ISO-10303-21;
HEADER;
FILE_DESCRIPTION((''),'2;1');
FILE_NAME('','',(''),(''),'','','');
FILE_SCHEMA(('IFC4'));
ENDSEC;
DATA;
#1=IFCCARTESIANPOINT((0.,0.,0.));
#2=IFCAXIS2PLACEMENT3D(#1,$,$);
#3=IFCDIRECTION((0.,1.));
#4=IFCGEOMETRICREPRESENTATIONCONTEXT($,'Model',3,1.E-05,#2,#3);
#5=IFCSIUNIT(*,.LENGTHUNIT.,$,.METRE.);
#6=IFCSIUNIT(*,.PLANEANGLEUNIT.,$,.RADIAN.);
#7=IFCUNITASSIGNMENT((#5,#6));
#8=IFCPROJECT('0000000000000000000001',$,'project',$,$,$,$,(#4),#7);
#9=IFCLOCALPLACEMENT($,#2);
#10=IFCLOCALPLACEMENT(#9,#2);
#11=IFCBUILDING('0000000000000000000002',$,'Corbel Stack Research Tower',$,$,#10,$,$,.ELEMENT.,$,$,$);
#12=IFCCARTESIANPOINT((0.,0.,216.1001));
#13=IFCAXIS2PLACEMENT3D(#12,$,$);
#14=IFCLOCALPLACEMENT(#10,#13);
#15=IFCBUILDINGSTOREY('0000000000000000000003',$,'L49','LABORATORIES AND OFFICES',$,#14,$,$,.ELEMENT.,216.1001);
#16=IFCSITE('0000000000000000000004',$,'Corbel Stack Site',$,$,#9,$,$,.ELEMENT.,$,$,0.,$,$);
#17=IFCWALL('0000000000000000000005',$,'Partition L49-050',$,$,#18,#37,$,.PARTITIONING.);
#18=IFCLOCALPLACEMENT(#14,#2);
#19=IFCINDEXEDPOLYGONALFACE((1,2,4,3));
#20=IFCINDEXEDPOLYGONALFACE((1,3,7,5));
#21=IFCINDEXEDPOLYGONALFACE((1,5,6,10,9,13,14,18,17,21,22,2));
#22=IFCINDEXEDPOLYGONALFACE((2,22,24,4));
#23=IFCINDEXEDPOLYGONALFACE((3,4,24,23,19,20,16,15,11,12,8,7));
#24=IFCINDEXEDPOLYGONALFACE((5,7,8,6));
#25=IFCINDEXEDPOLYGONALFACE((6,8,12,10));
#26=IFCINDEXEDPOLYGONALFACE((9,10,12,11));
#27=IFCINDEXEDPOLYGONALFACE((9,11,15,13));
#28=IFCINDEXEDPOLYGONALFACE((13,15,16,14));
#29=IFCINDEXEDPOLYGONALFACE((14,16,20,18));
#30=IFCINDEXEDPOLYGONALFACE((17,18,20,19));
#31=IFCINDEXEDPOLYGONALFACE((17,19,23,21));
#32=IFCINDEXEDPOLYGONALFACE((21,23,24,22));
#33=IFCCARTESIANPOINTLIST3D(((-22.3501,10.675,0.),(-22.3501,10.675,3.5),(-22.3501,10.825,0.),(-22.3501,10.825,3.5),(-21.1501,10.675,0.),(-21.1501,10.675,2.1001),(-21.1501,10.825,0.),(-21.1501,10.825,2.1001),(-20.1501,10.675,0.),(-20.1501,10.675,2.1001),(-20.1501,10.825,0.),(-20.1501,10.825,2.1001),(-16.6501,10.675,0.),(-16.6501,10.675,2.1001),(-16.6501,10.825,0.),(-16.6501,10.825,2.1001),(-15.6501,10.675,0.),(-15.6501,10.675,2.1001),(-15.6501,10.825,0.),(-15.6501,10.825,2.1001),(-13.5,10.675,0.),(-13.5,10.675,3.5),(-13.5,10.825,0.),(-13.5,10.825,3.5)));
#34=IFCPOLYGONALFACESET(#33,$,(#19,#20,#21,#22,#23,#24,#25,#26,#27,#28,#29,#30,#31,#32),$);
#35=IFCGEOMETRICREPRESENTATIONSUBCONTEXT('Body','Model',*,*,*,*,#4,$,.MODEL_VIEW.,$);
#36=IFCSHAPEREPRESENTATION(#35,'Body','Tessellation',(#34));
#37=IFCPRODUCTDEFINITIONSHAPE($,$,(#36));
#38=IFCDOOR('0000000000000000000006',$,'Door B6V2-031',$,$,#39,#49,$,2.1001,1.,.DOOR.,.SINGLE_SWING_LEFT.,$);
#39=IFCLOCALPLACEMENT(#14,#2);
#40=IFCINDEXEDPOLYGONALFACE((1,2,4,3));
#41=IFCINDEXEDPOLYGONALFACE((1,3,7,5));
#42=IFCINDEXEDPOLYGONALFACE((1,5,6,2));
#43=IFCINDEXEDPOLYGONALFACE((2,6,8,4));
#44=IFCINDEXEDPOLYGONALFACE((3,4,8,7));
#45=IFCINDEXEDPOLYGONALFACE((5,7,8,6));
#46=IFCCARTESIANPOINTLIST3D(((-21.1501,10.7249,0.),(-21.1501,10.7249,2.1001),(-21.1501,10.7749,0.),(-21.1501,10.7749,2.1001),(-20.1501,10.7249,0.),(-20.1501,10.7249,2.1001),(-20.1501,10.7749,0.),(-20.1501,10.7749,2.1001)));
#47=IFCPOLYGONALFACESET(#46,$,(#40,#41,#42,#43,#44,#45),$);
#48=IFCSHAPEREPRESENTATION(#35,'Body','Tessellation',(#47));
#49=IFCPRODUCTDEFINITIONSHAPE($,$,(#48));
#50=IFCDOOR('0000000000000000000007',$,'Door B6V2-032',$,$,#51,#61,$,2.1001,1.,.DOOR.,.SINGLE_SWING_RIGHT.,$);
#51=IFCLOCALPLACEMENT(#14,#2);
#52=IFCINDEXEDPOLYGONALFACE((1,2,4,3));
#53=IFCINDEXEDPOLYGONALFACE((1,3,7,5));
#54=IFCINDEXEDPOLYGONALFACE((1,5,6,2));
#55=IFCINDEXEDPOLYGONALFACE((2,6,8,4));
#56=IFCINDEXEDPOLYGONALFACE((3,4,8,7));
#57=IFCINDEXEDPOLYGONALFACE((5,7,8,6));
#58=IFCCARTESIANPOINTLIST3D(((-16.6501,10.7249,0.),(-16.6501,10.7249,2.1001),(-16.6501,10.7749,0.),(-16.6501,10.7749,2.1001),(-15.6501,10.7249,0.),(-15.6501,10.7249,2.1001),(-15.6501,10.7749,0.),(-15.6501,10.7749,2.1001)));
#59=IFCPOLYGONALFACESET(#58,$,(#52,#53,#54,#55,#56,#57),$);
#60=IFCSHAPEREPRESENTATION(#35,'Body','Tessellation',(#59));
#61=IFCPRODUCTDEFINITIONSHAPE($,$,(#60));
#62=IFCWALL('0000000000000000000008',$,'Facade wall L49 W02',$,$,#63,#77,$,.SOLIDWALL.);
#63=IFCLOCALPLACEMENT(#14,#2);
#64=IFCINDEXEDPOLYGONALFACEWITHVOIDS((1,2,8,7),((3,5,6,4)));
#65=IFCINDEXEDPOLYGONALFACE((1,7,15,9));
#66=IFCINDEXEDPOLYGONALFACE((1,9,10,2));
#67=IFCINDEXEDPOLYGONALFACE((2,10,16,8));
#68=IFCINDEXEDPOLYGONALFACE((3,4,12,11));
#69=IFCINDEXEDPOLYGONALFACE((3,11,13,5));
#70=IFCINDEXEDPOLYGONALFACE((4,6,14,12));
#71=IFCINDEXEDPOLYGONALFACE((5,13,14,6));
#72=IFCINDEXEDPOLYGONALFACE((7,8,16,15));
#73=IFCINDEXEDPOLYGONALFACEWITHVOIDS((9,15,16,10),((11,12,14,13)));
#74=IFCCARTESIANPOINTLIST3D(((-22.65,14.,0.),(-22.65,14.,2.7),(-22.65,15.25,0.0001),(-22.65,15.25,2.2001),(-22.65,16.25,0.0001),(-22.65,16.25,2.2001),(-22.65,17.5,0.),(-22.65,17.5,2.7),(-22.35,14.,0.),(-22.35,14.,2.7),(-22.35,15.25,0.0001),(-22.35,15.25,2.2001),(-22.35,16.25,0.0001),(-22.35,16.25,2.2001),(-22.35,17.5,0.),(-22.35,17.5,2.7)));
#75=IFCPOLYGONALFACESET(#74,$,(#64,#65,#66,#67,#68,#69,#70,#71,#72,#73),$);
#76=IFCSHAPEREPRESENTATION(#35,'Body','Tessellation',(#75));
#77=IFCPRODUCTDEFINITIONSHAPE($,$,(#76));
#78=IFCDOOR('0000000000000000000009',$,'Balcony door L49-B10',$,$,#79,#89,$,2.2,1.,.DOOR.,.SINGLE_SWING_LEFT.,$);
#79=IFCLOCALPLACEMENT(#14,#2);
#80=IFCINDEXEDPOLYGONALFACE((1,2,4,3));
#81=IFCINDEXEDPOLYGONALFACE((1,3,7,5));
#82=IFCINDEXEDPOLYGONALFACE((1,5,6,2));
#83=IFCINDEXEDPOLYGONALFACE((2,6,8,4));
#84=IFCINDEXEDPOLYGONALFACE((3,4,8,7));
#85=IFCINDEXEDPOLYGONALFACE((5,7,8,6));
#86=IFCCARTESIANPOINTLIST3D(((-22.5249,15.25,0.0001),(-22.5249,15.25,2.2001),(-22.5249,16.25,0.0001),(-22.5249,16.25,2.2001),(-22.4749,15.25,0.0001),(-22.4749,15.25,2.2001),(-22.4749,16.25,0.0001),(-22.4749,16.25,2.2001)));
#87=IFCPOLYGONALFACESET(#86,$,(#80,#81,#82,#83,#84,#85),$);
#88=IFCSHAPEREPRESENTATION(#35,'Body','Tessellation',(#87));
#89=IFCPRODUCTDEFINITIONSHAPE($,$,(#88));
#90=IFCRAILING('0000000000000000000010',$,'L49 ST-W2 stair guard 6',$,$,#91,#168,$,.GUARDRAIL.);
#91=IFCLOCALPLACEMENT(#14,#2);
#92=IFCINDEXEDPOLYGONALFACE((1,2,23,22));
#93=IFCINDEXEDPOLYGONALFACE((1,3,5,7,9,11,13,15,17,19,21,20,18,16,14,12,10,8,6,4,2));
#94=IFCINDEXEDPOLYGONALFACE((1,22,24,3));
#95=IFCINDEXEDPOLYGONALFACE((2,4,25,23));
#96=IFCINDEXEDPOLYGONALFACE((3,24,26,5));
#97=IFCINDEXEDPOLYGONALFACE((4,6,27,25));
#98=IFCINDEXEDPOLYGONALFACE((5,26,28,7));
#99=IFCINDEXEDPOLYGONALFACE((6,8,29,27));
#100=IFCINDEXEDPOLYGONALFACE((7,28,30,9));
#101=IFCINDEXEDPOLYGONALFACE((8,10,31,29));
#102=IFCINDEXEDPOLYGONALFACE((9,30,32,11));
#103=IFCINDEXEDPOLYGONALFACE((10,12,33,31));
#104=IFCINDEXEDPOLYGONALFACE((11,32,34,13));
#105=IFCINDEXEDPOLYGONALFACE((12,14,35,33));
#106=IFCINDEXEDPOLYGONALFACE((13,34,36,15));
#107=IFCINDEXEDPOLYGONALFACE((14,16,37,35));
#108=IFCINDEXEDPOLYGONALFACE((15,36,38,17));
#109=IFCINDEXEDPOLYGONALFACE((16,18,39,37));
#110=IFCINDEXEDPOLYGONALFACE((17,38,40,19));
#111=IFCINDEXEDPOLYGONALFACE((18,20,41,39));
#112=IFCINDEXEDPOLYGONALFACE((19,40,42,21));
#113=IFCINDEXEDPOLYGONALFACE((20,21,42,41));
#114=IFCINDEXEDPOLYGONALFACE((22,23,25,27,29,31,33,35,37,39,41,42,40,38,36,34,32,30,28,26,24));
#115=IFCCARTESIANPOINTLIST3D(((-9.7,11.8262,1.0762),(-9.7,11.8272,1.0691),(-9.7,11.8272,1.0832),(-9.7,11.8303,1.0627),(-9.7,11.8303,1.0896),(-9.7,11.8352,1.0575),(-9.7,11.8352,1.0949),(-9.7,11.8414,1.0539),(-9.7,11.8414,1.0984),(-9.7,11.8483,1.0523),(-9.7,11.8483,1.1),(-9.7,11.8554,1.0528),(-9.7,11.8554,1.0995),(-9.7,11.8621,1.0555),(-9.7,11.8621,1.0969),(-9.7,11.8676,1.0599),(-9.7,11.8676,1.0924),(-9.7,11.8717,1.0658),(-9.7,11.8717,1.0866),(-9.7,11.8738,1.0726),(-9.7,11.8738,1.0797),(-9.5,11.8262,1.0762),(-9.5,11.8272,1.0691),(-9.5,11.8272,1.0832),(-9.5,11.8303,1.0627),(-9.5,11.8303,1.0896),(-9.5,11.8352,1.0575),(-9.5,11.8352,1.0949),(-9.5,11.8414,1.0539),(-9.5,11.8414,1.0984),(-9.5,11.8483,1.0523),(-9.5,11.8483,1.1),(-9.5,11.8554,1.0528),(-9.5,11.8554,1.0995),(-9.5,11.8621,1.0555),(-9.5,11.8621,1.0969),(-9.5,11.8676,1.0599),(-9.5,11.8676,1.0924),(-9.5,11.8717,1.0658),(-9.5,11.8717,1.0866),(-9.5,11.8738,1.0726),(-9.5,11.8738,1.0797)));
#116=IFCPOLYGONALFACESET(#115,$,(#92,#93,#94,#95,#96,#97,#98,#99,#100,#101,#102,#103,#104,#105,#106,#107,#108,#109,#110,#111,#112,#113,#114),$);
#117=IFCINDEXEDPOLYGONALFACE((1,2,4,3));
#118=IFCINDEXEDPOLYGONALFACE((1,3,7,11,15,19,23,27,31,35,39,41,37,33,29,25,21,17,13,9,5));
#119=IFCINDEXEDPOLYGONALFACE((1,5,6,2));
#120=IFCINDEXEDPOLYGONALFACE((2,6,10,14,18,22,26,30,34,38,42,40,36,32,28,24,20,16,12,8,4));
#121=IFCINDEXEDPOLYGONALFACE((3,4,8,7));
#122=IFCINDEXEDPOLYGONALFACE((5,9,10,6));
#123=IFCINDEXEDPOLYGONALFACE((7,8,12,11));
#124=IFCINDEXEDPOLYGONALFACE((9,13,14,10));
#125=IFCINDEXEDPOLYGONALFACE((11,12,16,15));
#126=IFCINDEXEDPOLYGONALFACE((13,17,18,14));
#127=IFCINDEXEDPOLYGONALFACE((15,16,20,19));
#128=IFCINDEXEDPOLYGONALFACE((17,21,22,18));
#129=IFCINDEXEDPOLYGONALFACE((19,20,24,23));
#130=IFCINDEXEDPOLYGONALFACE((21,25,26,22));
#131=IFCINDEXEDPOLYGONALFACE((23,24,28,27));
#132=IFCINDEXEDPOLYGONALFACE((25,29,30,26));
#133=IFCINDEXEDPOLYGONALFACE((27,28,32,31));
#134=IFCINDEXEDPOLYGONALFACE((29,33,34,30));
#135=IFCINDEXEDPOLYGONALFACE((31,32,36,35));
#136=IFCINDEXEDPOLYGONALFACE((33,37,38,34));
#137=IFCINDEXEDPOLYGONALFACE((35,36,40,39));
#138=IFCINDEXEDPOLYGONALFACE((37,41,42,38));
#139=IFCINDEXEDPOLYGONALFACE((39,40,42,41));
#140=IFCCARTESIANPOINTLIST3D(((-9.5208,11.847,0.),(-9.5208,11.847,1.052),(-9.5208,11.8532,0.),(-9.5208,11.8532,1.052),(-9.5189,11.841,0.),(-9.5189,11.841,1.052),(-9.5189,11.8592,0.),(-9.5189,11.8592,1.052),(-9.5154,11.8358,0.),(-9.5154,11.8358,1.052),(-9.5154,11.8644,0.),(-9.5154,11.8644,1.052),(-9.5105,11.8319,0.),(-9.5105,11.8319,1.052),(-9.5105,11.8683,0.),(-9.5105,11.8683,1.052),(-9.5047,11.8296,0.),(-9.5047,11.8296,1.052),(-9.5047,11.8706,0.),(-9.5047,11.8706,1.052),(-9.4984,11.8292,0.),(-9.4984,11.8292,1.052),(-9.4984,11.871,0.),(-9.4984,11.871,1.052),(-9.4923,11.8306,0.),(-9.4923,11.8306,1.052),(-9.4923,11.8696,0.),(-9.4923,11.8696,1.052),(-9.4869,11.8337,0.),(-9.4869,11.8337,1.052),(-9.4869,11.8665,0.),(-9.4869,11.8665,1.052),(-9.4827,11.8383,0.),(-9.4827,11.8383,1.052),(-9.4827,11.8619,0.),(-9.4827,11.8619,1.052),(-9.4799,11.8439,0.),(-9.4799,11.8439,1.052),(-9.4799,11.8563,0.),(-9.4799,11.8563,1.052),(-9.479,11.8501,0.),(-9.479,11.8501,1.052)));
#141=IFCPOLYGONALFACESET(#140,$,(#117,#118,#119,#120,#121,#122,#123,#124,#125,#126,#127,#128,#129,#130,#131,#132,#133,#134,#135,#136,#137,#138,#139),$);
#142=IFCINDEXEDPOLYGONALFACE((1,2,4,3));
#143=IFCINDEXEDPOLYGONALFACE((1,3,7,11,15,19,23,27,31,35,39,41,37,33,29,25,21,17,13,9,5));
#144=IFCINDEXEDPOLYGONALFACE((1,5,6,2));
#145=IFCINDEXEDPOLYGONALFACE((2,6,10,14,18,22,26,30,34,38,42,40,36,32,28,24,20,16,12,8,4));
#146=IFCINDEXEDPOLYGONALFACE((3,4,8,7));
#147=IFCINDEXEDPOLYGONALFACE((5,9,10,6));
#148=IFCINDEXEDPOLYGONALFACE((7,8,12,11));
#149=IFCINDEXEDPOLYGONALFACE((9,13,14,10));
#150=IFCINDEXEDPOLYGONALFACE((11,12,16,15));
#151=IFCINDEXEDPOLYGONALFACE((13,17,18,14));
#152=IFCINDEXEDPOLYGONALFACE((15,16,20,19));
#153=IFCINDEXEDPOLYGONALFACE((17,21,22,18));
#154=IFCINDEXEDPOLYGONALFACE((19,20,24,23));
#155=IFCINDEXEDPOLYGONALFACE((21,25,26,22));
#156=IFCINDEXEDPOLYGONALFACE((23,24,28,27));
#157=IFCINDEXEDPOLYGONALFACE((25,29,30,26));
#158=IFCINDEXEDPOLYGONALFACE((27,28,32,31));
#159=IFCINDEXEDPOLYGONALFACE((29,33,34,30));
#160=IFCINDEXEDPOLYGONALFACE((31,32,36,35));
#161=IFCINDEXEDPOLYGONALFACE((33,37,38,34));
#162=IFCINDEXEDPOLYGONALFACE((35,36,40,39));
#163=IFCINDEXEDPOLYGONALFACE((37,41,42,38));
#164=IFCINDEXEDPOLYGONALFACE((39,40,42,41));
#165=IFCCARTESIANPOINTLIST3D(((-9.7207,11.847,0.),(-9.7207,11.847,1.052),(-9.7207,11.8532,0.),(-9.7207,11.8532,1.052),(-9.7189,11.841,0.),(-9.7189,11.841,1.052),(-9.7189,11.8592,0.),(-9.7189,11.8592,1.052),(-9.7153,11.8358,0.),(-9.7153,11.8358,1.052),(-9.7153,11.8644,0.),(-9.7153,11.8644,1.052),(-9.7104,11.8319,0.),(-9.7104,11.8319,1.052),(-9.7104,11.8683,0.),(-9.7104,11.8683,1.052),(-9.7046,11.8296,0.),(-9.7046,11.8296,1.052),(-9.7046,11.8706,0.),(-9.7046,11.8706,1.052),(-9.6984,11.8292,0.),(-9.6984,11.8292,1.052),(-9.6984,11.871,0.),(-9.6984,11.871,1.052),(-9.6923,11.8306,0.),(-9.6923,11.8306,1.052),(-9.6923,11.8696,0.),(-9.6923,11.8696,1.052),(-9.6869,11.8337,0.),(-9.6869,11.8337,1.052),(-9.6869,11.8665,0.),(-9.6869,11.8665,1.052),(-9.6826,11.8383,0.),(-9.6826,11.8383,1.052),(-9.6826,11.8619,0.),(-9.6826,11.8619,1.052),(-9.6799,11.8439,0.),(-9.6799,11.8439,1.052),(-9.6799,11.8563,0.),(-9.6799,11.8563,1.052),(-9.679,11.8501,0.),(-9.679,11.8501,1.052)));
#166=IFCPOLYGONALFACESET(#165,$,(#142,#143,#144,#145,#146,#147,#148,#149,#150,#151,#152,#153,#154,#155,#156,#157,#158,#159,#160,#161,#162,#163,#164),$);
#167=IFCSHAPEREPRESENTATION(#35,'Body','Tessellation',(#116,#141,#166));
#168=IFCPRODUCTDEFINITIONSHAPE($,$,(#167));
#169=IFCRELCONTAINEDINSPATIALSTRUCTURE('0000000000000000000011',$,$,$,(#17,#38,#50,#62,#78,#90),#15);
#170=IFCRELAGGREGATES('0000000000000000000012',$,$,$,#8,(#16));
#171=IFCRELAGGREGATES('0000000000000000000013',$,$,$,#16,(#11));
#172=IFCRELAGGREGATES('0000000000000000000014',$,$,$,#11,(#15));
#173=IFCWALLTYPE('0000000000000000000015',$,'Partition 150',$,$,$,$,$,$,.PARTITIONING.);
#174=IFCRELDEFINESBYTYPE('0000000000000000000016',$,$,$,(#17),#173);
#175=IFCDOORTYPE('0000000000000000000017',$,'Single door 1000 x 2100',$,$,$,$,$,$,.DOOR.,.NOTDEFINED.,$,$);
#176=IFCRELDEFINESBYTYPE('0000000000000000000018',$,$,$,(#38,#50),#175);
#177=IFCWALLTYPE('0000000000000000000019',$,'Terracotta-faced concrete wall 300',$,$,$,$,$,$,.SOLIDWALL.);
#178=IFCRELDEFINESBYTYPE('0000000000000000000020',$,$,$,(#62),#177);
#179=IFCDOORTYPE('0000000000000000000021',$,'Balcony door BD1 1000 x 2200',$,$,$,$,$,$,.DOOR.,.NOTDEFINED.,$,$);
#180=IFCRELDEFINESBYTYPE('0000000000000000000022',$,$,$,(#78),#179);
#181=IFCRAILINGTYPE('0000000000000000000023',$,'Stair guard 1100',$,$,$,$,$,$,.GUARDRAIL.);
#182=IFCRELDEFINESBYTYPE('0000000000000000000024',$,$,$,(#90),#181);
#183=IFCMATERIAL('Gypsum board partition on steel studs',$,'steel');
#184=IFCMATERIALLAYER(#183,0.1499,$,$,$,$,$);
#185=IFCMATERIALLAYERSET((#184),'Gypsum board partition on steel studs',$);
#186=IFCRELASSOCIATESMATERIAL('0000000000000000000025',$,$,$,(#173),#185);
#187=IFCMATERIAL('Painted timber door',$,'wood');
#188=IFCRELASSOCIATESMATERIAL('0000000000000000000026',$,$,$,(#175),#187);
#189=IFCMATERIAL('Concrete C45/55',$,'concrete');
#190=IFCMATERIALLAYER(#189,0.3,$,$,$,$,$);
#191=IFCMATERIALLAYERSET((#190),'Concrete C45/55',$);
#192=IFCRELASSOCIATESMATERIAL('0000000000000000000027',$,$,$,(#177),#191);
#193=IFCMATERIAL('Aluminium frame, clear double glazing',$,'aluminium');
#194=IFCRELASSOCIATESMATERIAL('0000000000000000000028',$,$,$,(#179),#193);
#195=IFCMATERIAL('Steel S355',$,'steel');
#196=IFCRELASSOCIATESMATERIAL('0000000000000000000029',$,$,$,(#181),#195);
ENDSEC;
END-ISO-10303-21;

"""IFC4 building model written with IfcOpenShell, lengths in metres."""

from ifc_helpers import new_model, si_unit, direction, frame, frame_2d, origin, origin_2d, place, context, subcontext, project, spatial, rectangle, circle, extrude, material, layer, layer_set, type_object, element, fill, save


model = new_model("IFC4")

# Units and contexts
model_context = context("Model", 3, precision=1e-05, world=origin(), true_north=direction((0.0, 1.0)))
body_context = subcontext(model_context, "Body", "Model", "MODEL_VIEW")
ifc_project = project(units=[si_unit("LENGTHUNIT", "METRE"), si_unit("PLANEANGLEUNIT", "RADIAN")], contexts=[model_context])

# Site, building, storey
site_placement = place(None, origin())
site = spatial("IfcSite", under=ifc_project, at=site_placement, Name="Corbel Stack Site", CompositionType="ELEMENT", RefElevation=0.0)
building_placement = place(site_placement, origin())
building = spatial("IfcBuilding", under=site, at=building_placement, Name="Corbel Stack Research Tower", CompositionType="ELEMENT")
storey_placement = place(building_placement, frame((0.0, 0.0, 216.1001)))
storey = spatial("IfcBuildingStorey", under=building, at=storey_placement, Name="L49", Description="LABORATORIES AND OFFICES", CompositionType="ELEMENT", Elevation=216.1001)

# Wall, openings, doors
ifc_material_1 = material(Name="Gypsum board partition on steel studs", Category="steel")
ifc_layer_1 = layer(ifc_material_1, 0.1499)
ifc_layer_set_1 = layer_set([ifc_layer_1], Name="Gypsum board partition on steel studs")
wall_type_1 = type_object("IfcWallType", Name="Partition 150", PredefinedType="PARTITIONING", material=ifc_layer_set_1)
wall_1_placement = place(storey_placement, frame((-22.3501, 10.75, 0.0), z_axis=(0.0, 0.0, 1.0), x_axis=(1.0, 0.0, 0.0)))
wall_1 = element("IfcWall", 1, at=wall_1_placement, inside=storey, type_object=wall_type_1, Name="Partition L49-050", PredefinedType="PARTITIONING", context=body_context, shape_type="SweptSolid", body=[
    extrude(rectangle(XDim=8.8501, YDim=0.1499, at=frame_2d((4.425, 0.0))), origin(), (0.0, 0.0, 1.0), 3.5),
])
opening_1_placement = place(wall_1_placement, frame((1.2, 0.0, 0.0)))
opening_1 = element("IfcOpeningElement", 2, at=opening_1_placement, cuts=wall_1, PredefinedType="OPENING", context=body_context, shape_type="SweptSolid", body=[
    extrude(rectangle(XDim=1.0, YDim=2.1001, at=frame_2d((0.5, 1.05))), frame((0.0, 0.085, 0.0), z_axis=(0.0, -1.0, 0.0), x_axis=(1.0, 0.0, 0.0)), (0.0, 0.0, 1.0), 0.1699),
])
opening_2_placement = place(wall_1_placement, frame((5.7, 0.0, 0.0)))
opening_2 = element("IfcOpeningElement", 3, at=opening_2_placement, cuts=wall_1, PredefinedType="OPENING", context=body_context, shape_type="SweptSolid", body=[
    extrude(rectangle(XDim=1.0, YDim=2.1001, at=frame_2d((0.5, 1.05))), frame((0.0, 0.085, 0.0), z_axis=(0.0, -1.0, 0.0), x_axis=(1.0, 0.0, 0.0)), (0.0, 0.0, 1.0), 0.1699),
])
ifc_material_2 = material(Name="Painted timber door", Category="wood")
door_type_1 = type_object("IfcDoorType", Name="Single door 1000 x 2100", OperationType="NOTDEFINED", PredefinedType="DOOR", material=ifc_material_2)
door_1_placement = place(opening_1_placement, origin())
door_1 = element("IfcDoor", 4, at=door_1_placement, inside=storey, type_object=door_type_1, Name="Door B6V2-031", OperationType="SINGLE_SWING_LEFT", OverallHeight=2.1001, OverallWidth=1.0, PredefinedType="DOOR", context=body_context, shape_type="SweptSolid", body=[
    extrude(rectangle(XDim=1.0, YDim=2.1001, at=frame_2d((0.5, 1.05))), frame((0.0, 0.0249, 0.0), z_axis=(0.0, -1.0, 0.0), x_axis=(1.0, 0.0, 0.0)), (0.0, 0.0, 1.0), 0.05),
])
fill(opening_1, door_1)
door_2_placement = place(opening_2_placement, origin())
door_2 = element("IfcDoor", 5, at=door_2_placement, inside=storey, type_object=door_type_1, Name="Door B6V2-032", OperationType="SINGLE_SWING_RIGHT", OverallHeight=2.1001, OverallWidth=1.0, PredefinedType="DOOR", context=body_context, shape_type="SweptSolid", body=[
    extrude(rectangle(XDim=1.0, YDim=2.1001, at=frame_2d((0.5, 1.05))), frame((0.0, 0.0249, 0.0), z_axis=(0.0, -1.0, 0.0), x_axis=(1.0, 0.0, 0.0)), (0.0, 0.0, 1.0), 0.05),
])
fill(opening_2, door_2)

# Wall, opening, door
ifc_material_3 = material(Name="Concrete C45/55", Category="concrete")
ifc_layer_2 = layer(ifc_material_3, 0.3)
ifc_layer_set_2 = layer_set([ifc_layer_2], Name="Concrete C45/55")
wall_type_2 = type_object("IfcWallType", Name="Terracotta-faced concrete wall 300", PredefinedType="SOLIDWALL", material=ifc_layer_set_2)
wall_2_placement = place(storey_placement, frame((-22.5, 14.0, 0.0), z_axis=(0.0, 0.0, 1.0), x_axis=(0.0, 1.0, 0.0)))
wall_2 = element("IfcWall", 6, at=wall_2_placement, inside=storey, type_object=wall_type_2, Name="Facade wall L49 W02", PredefinedType="SOLIDWALL", context=body_context, shape_type="SweptSolid", body=[
    extrude(rectangle(XDim=3.5, YDim=0.3, at=frame_2d((1.75, 0.0))), origin(), (0.0, 0.0, 1.0), 2.7),
])
opening_3_placement = place(wall_2_placement, frame((1.25, 0.0, 0.0)))
opening_3 = element("IfcOpeningElement", 7, at=opening_3_placement, cuts=wall_2, PredefinedType="OPENING", context=body_context, shape_type="SweptSolid", body=[
    extrude(rectangle(XDim=1.0, YDim=2.2, at=frame_2d((0.5, 1.1001))), frame((0.0, 0.1599, 0.0), z_axis=(0.0, -1.0, 0.0), x_axis=(1.0, 0.0, 0.0)), (0.0, 0.0, 1.0), 0.3201),
])
ifc_material_4 = material(Name="Aluminium frame, clear double glazing", Category="aluminium")
door_type_2 = type_object("IfcDoorType", Name="Balcony door BD1 1000 x 2200", OperationType="NOTDEFINED", PredefinedType="DOOR", material=ifc_material_4)
door_3_placement = place(opening_3_placement, origin())
door_3 = element("IfcDoor", 8, at=door_3_placement, inside=storey, type_object=door_type_2, Name="Balcony door L49-B10", OperationType="SINGLE_SWING_LEFT", OverallHeight=2.2, OverallWidth=1.0, PredefinedType="DOOR", context=body_context, shape_type="SweptSolid", body=[
    extrude(rectangle(XDim=1.0, YDim=2.2, at=frame_2d((0.5, 1.1001))), frame((0.0, 0.0249, 0.0), z_axis=(0.0, -1.0, 0.0), x_axis=(1.0, 0.0, 0.0)), (0.0, 0.0, 1.0), 0.05),
])
fill(opening_3, door_3)

# Railing
ifc_material_5 = material(Name="Steel S355", Category="steel")
railing_type = type_object("IfcRailingType", Name="Stair guard 1100", PredefinedType="GUARDRAIL", material=ifc_material_5)
railing_placement = place(storey_placement, frame((-9.5, 11.8501, 0.0)))
element("IfcRailing", 9, at=railing_placement, inside=storey, type_object=railing_type, Name="L49 ST-W2 stair guard 6", PredefinedType="GUARDRAIL", context=body_context, shape_type="SweptSolid", body=[
    extrude(circle(Radius=0.0239, at=origin_2d()), frame((0.0, 0.0, 1.0762), z_axis=(-1.0, 0.0, 0.0), x_axis=(0.0, -1.0, 0.0)), (0.0, 0.0, 1.0), 0.2),
    extrude(circle(Radius=0.021, at=origin_2d()), origin(), (0.0, 0.0, 1.0), 1.052),
    extrude(circle(Radius=0.021, at=origin_2d()), frame((-0.2, 0.0, 0.0)), (0.0, 0.0, 1.0), 1.052),
])

save(model, "model.ifc")
